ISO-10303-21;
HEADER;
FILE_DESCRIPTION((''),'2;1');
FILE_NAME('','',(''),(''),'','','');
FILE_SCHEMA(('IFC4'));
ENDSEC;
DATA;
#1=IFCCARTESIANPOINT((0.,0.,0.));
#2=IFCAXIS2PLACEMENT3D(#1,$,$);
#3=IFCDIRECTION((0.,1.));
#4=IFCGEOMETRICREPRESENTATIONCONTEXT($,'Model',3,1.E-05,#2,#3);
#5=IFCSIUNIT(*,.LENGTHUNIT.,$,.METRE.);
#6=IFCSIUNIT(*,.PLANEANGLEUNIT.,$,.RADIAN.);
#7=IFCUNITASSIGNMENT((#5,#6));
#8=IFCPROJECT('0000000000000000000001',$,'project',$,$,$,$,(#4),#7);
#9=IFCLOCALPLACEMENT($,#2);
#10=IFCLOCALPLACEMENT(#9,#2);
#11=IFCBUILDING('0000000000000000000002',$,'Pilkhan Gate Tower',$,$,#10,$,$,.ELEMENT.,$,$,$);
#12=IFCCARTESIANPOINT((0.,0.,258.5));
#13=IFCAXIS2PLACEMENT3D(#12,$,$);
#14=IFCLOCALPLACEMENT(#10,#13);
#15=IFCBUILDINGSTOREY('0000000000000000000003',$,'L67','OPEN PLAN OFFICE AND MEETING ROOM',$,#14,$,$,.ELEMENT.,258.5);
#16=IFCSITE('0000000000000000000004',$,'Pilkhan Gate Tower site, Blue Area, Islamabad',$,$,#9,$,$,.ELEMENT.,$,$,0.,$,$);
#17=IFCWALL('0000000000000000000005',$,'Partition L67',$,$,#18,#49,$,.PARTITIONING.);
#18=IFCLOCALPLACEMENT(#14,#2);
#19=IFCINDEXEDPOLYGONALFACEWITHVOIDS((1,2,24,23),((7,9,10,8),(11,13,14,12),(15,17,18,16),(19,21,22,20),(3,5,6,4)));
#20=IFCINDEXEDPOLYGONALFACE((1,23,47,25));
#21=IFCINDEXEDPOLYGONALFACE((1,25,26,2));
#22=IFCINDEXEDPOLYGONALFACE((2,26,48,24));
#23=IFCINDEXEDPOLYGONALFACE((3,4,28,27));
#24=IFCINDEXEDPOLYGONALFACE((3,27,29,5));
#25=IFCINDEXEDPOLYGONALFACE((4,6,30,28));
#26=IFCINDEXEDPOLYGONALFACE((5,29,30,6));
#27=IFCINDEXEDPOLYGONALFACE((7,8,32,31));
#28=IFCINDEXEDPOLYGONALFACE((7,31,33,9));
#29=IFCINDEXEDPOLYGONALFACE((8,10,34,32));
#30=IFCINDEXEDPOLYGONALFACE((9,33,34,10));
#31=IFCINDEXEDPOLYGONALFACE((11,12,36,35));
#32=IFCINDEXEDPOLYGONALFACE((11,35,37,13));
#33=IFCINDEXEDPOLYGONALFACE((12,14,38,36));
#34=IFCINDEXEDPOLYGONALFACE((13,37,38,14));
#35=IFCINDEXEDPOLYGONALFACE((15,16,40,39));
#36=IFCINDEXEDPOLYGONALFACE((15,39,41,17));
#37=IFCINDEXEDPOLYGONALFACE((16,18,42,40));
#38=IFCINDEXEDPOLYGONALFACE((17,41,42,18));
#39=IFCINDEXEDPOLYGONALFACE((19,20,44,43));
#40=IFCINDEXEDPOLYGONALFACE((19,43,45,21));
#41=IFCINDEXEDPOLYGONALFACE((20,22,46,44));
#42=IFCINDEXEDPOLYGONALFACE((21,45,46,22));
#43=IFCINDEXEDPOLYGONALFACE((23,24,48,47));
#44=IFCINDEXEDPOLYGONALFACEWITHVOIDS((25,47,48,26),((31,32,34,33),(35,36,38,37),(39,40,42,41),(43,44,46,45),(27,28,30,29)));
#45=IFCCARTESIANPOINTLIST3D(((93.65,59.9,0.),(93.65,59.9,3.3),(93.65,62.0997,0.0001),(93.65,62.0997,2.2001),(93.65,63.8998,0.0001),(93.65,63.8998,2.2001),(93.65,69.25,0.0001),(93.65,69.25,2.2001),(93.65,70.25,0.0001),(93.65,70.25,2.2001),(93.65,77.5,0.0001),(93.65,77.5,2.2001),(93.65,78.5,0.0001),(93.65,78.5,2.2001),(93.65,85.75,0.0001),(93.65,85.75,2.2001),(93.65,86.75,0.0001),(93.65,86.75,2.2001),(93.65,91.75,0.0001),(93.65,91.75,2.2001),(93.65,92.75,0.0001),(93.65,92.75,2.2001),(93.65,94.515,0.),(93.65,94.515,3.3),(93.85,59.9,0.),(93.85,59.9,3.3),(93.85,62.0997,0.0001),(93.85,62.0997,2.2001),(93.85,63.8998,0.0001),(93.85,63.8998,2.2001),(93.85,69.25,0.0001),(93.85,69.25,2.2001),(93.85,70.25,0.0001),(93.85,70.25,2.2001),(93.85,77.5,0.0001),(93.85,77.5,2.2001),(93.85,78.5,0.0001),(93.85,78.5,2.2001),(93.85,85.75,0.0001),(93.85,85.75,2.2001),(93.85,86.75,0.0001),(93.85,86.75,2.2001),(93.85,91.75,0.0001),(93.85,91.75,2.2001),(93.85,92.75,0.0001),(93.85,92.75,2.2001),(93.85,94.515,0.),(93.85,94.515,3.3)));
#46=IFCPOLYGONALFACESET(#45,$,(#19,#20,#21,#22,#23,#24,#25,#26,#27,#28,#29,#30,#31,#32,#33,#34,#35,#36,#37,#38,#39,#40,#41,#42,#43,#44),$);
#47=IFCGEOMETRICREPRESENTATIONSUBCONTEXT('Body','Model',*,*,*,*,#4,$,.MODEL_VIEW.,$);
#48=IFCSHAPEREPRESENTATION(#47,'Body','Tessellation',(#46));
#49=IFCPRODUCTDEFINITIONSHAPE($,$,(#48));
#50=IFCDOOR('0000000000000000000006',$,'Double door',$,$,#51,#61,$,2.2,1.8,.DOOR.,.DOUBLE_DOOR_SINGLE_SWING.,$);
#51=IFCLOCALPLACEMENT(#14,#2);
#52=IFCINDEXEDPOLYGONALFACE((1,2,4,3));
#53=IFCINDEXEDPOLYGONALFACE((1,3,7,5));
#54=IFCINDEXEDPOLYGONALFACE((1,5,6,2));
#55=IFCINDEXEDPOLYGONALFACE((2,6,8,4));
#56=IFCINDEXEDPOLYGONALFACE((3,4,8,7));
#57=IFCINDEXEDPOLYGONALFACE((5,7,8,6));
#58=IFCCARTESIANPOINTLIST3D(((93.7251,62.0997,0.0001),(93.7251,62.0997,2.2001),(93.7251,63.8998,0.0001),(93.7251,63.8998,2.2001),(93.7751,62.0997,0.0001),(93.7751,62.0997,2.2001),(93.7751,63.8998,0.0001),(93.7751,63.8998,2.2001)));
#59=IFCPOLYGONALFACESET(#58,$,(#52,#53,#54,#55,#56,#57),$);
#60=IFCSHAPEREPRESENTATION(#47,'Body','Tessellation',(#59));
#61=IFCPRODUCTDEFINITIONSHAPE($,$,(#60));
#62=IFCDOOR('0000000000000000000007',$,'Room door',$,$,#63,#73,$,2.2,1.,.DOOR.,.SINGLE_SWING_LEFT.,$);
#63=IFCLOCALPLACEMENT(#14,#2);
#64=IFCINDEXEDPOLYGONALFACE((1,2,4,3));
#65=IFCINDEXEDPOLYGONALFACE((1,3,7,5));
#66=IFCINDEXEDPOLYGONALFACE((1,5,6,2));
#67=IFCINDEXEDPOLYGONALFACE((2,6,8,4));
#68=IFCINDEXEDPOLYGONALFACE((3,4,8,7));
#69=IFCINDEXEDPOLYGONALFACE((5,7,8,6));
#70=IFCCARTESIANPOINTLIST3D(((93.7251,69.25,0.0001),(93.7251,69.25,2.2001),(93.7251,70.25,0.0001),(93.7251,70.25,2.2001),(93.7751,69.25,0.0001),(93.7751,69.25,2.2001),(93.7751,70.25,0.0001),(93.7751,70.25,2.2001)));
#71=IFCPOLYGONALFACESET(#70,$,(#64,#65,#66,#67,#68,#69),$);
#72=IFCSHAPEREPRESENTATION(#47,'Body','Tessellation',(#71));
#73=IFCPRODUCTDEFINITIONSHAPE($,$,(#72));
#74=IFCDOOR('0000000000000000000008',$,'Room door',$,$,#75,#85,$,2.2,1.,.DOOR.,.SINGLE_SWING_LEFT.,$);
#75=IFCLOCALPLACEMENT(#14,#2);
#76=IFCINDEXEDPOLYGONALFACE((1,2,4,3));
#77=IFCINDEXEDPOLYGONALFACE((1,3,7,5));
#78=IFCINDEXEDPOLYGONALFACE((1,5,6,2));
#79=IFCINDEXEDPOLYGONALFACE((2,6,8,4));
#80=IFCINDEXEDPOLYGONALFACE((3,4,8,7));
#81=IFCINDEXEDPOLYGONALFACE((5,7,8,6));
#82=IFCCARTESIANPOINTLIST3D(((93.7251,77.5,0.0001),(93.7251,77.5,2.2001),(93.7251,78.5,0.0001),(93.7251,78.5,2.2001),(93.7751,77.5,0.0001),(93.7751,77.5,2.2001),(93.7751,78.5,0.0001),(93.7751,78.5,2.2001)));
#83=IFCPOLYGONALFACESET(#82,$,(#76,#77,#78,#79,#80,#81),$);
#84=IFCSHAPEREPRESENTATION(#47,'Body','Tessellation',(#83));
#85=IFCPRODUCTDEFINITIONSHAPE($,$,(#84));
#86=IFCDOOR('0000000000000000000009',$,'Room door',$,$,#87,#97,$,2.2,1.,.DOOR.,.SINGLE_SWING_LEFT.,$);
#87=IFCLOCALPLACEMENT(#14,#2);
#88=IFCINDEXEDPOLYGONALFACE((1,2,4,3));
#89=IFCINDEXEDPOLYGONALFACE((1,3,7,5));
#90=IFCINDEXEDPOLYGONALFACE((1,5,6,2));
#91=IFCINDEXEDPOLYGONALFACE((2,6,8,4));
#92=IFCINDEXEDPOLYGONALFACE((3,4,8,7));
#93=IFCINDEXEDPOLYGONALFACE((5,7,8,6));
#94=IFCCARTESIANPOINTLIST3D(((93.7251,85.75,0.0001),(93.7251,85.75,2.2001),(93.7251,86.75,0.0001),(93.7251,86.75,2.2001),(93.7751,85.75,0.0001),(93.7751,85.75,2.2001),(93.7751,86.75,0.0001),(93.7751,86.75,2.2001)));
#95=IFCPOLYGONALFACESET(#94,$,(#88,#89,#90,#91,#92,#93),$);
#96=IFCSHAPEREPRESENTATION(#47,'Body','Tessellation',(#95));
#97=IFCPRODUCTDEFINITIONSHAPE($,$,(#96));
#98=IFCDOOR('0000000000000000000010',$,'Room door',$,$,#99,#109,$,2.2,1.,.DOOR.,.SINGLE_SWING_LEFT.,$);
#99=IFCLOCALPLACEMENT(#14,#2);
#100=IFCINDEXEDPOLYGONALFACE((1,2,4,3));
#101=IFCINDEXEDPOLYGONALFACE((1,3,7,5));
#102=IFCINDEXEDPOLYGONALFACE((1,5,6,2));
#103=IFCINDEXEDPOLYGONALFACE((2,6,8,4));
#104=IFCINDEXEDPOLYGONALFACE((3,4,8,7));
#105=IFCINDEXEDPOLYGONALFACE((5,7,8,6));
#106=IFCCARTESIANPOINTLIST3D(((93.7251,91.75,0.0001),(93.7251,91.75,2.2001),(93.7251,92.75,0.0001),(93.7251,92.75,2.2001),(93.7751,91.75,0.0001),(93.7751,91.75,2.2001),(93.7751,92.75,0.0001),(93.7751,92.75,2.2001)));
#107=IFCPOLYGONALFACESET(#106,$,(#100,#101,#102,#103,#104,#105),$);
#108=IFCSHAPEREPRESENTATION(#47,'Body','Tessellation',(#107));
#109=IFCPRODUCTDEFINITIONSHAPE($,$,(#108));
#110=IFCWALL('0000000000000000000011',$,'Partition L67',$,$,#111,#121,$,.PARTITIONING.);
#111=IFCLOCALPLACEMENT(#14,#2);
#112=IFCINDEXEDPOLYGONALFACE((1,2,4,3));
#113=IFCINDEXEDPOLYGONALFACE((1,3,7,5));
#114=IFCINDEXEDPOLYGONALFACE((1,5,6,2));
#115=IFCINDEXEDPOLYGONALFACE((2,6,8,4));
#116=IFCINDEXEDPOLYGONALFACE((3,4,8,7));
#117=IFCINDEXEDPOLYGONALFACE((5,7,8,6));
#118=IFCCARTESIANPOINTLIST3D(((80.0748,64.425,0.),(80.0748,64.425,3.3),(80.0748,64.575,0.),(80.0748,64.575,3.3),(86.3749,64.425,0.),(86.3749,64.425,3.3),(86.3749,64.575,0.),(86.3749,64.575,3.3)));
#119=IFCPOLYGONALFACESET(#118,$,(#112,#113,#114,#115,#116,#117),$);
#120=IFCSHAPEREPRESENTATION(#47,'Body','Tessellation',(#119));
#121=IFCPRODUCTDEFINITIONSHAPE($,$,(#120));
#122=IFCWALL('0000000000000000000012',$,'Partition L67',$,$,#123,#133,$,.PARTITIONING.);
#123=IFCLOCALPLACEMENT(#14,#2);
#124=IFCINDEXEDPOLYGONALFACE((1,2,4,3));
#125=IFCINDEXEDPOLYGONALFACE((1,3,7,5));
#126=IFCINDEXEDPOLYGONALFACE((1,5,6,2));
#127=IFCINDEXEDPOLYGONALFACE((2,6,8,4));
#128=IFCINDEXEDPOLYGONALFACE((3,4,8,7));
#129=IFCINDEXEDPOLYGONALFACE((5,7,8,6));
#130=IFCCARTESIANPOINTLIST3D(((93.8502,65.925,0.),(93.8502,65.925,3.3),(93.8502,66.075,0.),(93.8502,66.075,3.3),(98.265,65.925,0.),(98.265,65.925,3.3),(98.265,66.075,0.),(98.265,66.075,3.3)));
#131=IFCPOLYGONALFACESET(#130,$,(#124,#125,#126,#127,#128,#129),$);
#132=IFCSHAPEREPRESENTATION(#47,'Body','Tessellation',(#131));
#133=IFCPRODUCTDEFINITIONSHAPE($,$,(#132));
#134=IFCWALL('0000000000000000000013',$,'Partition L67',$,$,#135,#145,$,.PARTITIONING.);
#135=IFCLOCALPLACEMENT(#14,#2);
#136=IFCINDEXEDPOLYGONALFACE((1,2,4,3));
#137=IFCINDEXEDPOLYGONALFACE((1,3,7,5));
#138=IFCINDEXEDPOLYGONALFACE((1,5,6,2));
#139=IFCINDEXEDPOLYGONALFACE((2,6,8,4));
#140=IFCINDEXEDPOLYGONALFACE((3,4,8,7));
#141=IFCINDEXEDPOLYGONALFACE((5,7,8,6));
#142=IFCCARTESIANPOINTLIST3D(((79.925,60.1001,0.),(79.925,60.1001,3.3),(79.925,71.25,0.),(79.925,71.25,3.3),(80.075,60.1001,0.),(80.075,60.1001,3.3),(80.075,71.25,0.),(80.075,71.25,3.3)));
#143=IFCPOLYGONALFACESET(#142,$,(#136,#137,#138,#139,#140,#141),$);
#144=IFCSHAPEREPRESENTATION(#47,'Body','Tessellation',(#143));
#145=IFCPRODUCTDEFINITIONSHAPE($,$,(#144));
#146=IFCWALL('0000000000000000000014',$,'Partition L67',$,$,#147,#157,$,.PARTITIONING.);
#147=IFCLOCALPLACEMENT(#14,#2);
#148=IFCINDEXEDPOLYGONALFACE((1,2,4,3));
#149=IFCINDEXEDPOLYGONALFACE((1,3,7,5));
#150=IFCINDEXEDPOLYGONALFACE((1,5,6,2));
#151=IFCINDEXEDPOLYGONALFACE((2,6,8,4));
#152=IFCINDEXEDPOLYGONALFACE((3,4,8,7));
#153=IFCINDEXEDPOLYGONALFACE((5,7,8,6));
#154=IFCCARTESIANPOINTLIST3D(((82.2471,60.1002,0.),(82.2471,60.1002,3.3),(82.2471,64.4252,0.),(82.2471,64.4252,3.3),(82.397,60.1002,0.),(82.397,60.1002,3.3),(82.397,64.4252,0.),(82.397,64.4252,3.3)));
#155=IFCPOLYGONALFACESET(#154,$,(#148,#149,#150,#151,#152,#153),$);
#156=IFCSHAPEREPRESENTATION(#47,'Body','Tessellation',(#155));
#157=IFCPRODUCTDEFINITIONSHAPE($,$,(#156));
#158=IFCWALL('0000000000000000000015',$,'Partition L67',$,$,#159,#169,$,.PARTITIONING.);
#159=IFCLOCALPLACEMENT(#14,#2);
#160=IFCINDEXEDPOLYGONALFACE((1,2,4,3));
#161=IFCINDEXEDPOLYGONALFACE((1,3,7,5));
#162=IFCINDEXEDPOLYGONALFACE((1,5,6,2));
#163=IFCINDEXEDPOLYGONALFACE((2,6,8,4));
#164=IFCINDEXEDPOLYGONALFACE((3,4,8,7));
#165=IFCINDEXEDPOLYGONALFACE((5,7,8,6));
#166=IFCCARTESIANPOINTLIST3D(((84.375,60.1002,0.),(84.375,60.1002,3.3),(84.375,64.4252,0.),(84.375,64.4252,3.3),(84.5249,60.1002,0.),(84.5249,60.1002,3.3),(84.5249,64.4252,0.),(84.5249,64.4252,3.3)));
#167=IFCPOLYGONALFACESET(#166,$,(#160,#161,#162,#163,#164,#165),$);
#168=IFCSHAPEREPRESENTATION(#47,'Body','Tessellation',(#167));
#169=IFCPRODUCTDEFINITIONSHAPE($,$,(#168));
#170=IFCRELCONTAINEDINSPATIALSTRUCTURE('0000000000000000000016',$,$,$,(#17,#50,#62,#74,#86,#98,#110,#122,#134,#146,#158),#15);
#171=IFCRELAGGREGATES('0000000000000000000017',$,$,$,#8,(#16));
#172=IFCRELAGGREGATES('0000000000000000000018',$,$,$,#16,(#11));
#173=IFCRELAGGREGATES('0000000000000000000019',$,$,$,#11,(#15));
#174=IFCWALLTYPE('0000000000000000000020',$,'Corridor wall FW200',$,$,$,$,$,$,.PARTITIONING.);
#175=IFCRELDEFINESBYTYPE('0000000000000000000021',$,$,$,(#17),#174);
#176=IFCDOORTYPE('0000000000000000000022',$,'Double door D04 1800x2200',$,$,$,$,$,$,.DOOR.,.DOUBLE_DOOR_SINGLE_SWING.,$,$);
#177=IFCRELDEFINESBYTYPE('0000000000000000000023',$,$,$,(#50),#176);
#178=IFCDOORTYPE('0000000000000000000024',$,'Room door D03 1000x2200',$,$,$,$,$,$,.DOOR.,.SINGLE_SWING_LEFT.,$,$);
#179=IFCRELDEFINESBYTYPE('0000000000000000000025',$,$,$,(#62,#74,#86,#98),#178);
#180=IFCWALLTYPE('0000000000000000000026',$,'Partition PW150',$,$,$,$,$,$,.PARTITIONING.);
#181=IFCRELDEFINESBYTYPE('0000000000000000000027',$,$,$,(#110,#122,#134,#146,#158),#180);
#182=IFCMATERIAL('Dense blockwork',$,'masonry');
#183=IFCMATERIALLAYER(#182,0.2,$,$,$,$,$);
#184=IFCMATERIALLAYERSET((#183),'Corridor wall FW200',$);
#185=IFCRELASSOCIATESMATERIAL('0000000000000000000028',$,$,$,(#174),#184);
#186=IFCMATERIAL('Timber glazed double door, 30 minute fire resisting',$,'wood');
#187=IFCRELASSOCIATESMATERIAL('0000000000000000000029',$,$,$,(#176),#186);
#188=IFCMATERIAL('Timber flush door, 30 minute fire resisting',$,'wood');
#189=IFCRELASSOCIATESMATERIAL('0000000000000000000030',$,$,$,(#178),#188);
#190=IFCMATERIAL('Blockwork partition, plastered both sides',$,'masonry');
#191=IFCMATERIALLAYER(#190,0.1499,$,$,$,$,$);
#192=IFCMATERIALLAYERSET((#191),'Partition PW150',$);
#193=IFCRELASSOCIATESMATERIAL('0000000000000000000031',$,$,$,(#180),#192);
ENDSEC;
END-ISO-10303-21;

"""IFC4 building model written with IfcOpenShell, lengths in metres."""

from ifc_helpers import new_model, si_unit, direction, frame, frame_2d, origin, place, context, subcontext, project, spatial, rectangle, extrude, material, layer, layer_set, type_object, element, fill, save


model = new_model("IFC4")

# Units and contexts
model_context = context("Model", 3, precision=1e-05, world=origin(), true_north=direction((0.0, 1.0)))
body_context = subcontext(model_context, "Body", "Model", "MODEL_VIEW")
ifc_project = project(units=[si_unit("LENGTHUNIT", "METRE"), si_unit("PLANEANGLEUNIT", "RADIAN")], contexts=[model_context])

# Site, building, storey
site_placement = place(None, origin())
site = spatial("IfcSite", under=ifc_project, at=site_placement, Name="Pilkhan Gate Tower site, Blue Area, Islamabad", CompositionType="ELEMENT", RefElevation=0.0)
building_placement = place(site_placement, origin())
building = spatial("IfcBuilding", under=site, at=building_placement, Name="Pilkhan Gate Tower", CompositionType="ELEMENT")
storey_placement = place(building_placement, frame((0.0, 0.0, 258.5)))
storey = spatial("IfcBuildingStorey", under=building, at=storey_placement, Name="L67", Description="OPEN PLAN OFFICE AND MEETING ROOM", CompositionType="ELEMENT", Elevation=258.5)

# Shared definitions
ifc_material_1 = material(Name="Dense blockwork", Category="masonry")
ifc_layer_1 = layer(ifc_material_1, 0.2)
ifc_layer_set_1 = layer_set([ifc_layer_1], Name="Corridor wall FW200")
wall_type_1 = type_object("IfcWallType", Name="Corridor wall FW200", PredefinedType="PARTITIONING", material=ifc_layer_set_1)

# Wall, openings, doors
wall_1_placement = place(storey_placement, frame((93.75, 59.8999, 0.0), z_axis=(0.0, 0.0, 1.0), x_axis=(0.0, 1.0, 0.0)))
wall_1 = element("IfcWall", 1, at=wall_1_placement, inside=storey, type_object=wall_type_1, Name="Partition L67", PredefinedType="PARTITIONING", context=body_context, shape_type="SweptSolid", body=[
    extrude(rectangle(XDim=34.615, YDim=0.2, at=frame_2d((17.3076, 0.0))), origin(), (0.0, 0.0, 1.0), 3.3),
])
opening_1_placement = place(wall_1_placement, frame((2.2, 0.0, 0.0)))
opening_1 = element("IfcOpeningElement", 2, at=opening_1_placement, cuts=wall_1, PredefinedType="OPENING", context=body_context, shape_type="SweptSolid", body=[
    extrude(rectangle(XDim=1.8, YDim=2.2, at=frame_2d((0.8999, 1.1001))), frame((0.0, 0.1099, 0.0), z_axis=(0.0, -1.0, 0.0), x_axis=(1.0, 0.0, 0.0)), (0.0, 0.0, 1.0), 0.22),
])
opening_2_placement = place(wall_1_placement, frame((9.3501, 0.0, 0.0)))
opening_2 = element("IfcOpeningElement", 3, at=opening_2_placement, cuts=wall_1, PredefinedType="OPENING", context=body_context, shape_type="SweptSolid", body=[
    extrude(rectangle(XDim=1.0, YDim=2.2, at=frame_2d((0.5, 1.1001))), frame((0.0, 0.1099, 0.0), z_axis=(0.0, -1.0, 0.0), x_axis=(1.0, 0.0, 0.0)), (0.0, 0.0, 1.0), 0.22),
])
opening_3_placement = place(wall_1_placement, frame((17.6001, 0.0, 0.0)))
opening_3 = element("IfcOpeningElement", 4, at=opening_3_placement, cuts=wall_1, PredefinedType="OPENING", context=body_context, shape_type="SweptSolid", body=[
    extrude(rectangle(XDim=1.0, YDim=2.2, at=frame_2d((0.5, 1.1001))), frame((0.0, 0.1099, 0.0), z_axis=(0.0, -1.0, 0.0), x_axis=(1.0, 0.0, 0.0)), (0.0, 0.0, 1.0), 0.22),
])
opening_4_placement = place(wall_1_placement, frame((25.8501, 0.0, 0.0)))
opening_4 = element("IfcOpeningElement", 5, at=opening_4_placement, cuts=wall_1, PredefinedType="OPENING", context=body_context, shape_type="SweptSolid", body=[
    extrude(rectangle(XDim=1.0, YDim=2.2, at=frame_2d((0.5, 1.1001))), frame((0.0, 0.1099, 0.0), z_axis=(0.0, -1.0, 0.0), x_axis=(1.0, 0.0, 0.0)), (0.0, 0.0, 1.0), 0.22),
])
opening_5_placement = place(wall_1_placement, frame((31.8501, 0.0, 0.0)))
opening_5 = element("IfcOpeningElement", 6, at=opening_5_placement, cuts=wall_1, PredefinedType="OPENING", context=body_context, shape_type="SweptSolid", body=[
    extrude(rectangle(XDim=1.0, YDim=2.2, at=frame_2d((0.5, 1.1001))), frame((0.0, 0.1099, 0.0), z_axis=(0.0, -1.0, 0.0), x_axis=(1.0, 0.0, 0.0)), (0.0, 0.0, 1.0), 0.22),
])
ifc_material_2 = material(Name="Timber glazed double door, 30 minute fire resisting", Category="wood")
door_type_1 = type_object("IfcDoorType", Name="Double door D04 1800x2200", OperationType="DOUBLE_DOOR_SINGLE_SWING", PredefinedType="DOOR", material=ifc_material_2)
door_1_placement = place(opening_1_placement, origin())
door_1 = element("IfcDoor", 7, at=door_1_placement, inside=storey, type_object=door_type_1, Name="Double door", OperationType="DOUBLE_DOOR_SINGLE_SWING", OverallHeight=2.2, OverallWidth=1.8, PredefinedType="DOOR", context=body_context, shape_type="SweptSolid", body=[
    extrude(rectangle(XDim=1.8, YDim=2.2, at=frame_2d((0.8999, 1.1001))), frame((0.0, 0.0249, 0.0), z_axis=(0.0, -1.0, 0.0), x_axis=(1.0, 0.0, 0.0)), (0.0, 0.0, 1.0), 0.05),
])
fill(opening_1, door_1)
ifc_material_3 = material(Name="Timber flush door, 30 minute fire resisting", Category="wood")
door_type_2 = type_object("IfcDoorType", Name="Room door D03 1000x2200", OperationType="SINGLE_SWING_LEFT", PredefinedType="DOOR", material=ifc_material_3)
door_2_placement = place(opening_2_placement, origin())
door_2 = element("IfcDoor", 8, at=door_2_placement, inside=storey, type_object=door_type_2, Name="Room door", OperationType="SINGLE_SWING_LEFT", OverallHeight=2.2, OverallWidth=1.0, PredefinedType="DOOR", context=body_context, shape_type="SweptSolid", body=[
    extrude(rectangle(XDim=1.0, YDim=2.2, at=frame_2d((0.5, 1.1001))), frame((0.0, 0.0249, 0.0), z_axis=(0.0, -1.0, 0.0), x_axis=(1.0, 0.0, 0.0)), (0.0, 0.0, 1.0), 0.05),
])
fill(opening_2, door_2)
door_3_placement = place(opening_3_placement, origin())
door_3 = element("IfcDoor", 9, at=door_3_placement, inside=storey, type_object=door_type_2, Name="Room door", OperationType="SINGLE_SWING_LEFT", OverallHeight=2.2, OverallWidth=1.0, PredefinedType="DOOR", context=body_context, shape_type="SweptSolid", body=[
    extrude(rectangle(XDim=1.0, YDim=2.2, at=frame_2d((0.5, 1.1001))), frame((0.0, 0.0249, 0.0), z_axis=(0.0, -1.0, 0.0), x_axis=(1.0, 0.0, 0.0)), (0.0, 0.0, 1.0), 0.05),
])
fill(opening_3, door_3)
door_4_placement = place(opening_4_placement, origin())
door_4 = element("IfcDoor", 10, at=door_4_placement, inside=storey, type_object=door_type_2, Name="Room door", OperationType="SINGLE_SWING_LEFT", OverallHeight=2.2, OverallWidth=1.0, PredefinedType="DOOR", context=body_context, shape_type="SweptSolid", body=[
    extrude(rectangle(XDim=1.0, YDim=2.2, at=frame_2d((0.5, 1.1001))), frame((0.0, 0.0249, 0.0), z_axis=(0.0, -1.0, 0.0), x_axis=(1.0, 0.0, 0.0)), (0.0, 0.0, 1.0), 0.05),
])
fill(opening_4, door_4)
door_5_placement = place(opening_5_placement, origin())
door_5 = element("IfcDoor", 11, at=door_5_placement, inside=storey, type_object=door_type_2, Name="Room door", OperationType="SINGLE_SWING_LEFT", OverallHeight=2.2, OverallWidth=1.0, PredefinedType="DOOR", context=body_context, shape_type="SweptSolid", body=[
    extrude(rectangle(XDim=1.0, YDim=2.2, at=frame_2d((0.5, 1.1001))), frame((0.0, 0.0249, 0.0), z_axis=(0.0, -1.0, 0.0), x_axis=(1.0, 0.0, 0.0)), (0.0, 0.0, 1.0), 0.05),
])
fill(opening_5, door_5)

# Walls
ifc_material_4 = material(Name="Blockwork partition, plastered both sides", Category="masonry")
ifc_layer_2 = layer(ifc_material_4, 0.1499)
ifc_layer_set_2 = layer_set([ifc_layer_2], Name="Partition PW150")
wall_type_2 = type_object("IfcWallType", Name="Partition PW150", PredefinedType="PARTITIONING", material=ifc_layer_set_2)
wall_2_placement = place(storey_placement, frame((80.075, 64.5, 0.0), z_axis=(0.0, 0.0, 1.0), x_axis=(1.0, 0.0, 0.0)))
element("IfcWall", 12, at=wall_2_placement, inside=storey, type_object=wall_type_2, Name="Partition L67", PredefinedType="PARTITIONING", context=body_context, shape_type="SweptSolid", body=[
    extrude(rectangle(XDim=6.3, YDim=0.1499, at=frame_2d((3.1499, 0.0))), origin(), (0.0, 0.0, 1.0), 3.3),
])
wall_3_placement = place(storey_placement, frame((93.8501, 66.0, 0.0), z_axis=(0.0, 0.0, 1.0), x_axis=(1.0, 0.0, 0.0)))
element("IfcWall", 13, at=wall_3_placement, inside=storey, type_object=wall_type_2, Name="Partition L67", PredefinedType="PARTITIONING", context=body_context, shape_type="SweptSolid", body=[
    extrude(rectangle(XDim=4.4148, YDim=0.1499, at=frame_2d((2.2075, 0.0))), origin(), (0.0, 0.0, 1.0), 3.3),
])
wall_4_placement = place(storey_placement, frame((80.0, 60.1001, 0.0), z_axis=(0.0, 0.0, 1.0), x_axis=(0.0, 1.0, 0.0)))
element("IfcWall", 14, at=wall_4_placement, inside=storey, type_object=wall_type_2, Name="Partition L67", PredefinedType="PARTITIONING", context=body_context, shape_type="SweptSolid", body=[
    extrude(rectangle(XDim=11.1499, YDim=0.1499, at=frame_2d((5.575, 0.0))), origin(), (0.0, 0.0, 1.0), 3.3),
])
for number, where, z_axis, x_axis, name in (
    (15, (82.322, 60.1001, 0.0), (0.0, 0.0, 1.0), (0.0, 1.0, 0.0), "Partition L67"),
    (16, (84.45, 60.1001, 0.0), (0.0, 0.0, 1.0), (0.0, 1.0, 0.0), "Partition L67"),
):
    element("IfcWall", number, at=place(storey_placement, frame(where, z_axis=z_axis, x_axis=x_axis)), inside=storey, type_object=wall_type_2, Name=name, PredefinedType="PARTITIONING", context=body_context, shape_type="SweptSolid", body=[
        extrude(rectangle(XDim=4.325, YDim=0.1499, at=frame_2d((2.1626, 0.0))), origin(), (0.0, 0.0, 1.0), 3.3),
    ])

save(model, "model.ifc")
